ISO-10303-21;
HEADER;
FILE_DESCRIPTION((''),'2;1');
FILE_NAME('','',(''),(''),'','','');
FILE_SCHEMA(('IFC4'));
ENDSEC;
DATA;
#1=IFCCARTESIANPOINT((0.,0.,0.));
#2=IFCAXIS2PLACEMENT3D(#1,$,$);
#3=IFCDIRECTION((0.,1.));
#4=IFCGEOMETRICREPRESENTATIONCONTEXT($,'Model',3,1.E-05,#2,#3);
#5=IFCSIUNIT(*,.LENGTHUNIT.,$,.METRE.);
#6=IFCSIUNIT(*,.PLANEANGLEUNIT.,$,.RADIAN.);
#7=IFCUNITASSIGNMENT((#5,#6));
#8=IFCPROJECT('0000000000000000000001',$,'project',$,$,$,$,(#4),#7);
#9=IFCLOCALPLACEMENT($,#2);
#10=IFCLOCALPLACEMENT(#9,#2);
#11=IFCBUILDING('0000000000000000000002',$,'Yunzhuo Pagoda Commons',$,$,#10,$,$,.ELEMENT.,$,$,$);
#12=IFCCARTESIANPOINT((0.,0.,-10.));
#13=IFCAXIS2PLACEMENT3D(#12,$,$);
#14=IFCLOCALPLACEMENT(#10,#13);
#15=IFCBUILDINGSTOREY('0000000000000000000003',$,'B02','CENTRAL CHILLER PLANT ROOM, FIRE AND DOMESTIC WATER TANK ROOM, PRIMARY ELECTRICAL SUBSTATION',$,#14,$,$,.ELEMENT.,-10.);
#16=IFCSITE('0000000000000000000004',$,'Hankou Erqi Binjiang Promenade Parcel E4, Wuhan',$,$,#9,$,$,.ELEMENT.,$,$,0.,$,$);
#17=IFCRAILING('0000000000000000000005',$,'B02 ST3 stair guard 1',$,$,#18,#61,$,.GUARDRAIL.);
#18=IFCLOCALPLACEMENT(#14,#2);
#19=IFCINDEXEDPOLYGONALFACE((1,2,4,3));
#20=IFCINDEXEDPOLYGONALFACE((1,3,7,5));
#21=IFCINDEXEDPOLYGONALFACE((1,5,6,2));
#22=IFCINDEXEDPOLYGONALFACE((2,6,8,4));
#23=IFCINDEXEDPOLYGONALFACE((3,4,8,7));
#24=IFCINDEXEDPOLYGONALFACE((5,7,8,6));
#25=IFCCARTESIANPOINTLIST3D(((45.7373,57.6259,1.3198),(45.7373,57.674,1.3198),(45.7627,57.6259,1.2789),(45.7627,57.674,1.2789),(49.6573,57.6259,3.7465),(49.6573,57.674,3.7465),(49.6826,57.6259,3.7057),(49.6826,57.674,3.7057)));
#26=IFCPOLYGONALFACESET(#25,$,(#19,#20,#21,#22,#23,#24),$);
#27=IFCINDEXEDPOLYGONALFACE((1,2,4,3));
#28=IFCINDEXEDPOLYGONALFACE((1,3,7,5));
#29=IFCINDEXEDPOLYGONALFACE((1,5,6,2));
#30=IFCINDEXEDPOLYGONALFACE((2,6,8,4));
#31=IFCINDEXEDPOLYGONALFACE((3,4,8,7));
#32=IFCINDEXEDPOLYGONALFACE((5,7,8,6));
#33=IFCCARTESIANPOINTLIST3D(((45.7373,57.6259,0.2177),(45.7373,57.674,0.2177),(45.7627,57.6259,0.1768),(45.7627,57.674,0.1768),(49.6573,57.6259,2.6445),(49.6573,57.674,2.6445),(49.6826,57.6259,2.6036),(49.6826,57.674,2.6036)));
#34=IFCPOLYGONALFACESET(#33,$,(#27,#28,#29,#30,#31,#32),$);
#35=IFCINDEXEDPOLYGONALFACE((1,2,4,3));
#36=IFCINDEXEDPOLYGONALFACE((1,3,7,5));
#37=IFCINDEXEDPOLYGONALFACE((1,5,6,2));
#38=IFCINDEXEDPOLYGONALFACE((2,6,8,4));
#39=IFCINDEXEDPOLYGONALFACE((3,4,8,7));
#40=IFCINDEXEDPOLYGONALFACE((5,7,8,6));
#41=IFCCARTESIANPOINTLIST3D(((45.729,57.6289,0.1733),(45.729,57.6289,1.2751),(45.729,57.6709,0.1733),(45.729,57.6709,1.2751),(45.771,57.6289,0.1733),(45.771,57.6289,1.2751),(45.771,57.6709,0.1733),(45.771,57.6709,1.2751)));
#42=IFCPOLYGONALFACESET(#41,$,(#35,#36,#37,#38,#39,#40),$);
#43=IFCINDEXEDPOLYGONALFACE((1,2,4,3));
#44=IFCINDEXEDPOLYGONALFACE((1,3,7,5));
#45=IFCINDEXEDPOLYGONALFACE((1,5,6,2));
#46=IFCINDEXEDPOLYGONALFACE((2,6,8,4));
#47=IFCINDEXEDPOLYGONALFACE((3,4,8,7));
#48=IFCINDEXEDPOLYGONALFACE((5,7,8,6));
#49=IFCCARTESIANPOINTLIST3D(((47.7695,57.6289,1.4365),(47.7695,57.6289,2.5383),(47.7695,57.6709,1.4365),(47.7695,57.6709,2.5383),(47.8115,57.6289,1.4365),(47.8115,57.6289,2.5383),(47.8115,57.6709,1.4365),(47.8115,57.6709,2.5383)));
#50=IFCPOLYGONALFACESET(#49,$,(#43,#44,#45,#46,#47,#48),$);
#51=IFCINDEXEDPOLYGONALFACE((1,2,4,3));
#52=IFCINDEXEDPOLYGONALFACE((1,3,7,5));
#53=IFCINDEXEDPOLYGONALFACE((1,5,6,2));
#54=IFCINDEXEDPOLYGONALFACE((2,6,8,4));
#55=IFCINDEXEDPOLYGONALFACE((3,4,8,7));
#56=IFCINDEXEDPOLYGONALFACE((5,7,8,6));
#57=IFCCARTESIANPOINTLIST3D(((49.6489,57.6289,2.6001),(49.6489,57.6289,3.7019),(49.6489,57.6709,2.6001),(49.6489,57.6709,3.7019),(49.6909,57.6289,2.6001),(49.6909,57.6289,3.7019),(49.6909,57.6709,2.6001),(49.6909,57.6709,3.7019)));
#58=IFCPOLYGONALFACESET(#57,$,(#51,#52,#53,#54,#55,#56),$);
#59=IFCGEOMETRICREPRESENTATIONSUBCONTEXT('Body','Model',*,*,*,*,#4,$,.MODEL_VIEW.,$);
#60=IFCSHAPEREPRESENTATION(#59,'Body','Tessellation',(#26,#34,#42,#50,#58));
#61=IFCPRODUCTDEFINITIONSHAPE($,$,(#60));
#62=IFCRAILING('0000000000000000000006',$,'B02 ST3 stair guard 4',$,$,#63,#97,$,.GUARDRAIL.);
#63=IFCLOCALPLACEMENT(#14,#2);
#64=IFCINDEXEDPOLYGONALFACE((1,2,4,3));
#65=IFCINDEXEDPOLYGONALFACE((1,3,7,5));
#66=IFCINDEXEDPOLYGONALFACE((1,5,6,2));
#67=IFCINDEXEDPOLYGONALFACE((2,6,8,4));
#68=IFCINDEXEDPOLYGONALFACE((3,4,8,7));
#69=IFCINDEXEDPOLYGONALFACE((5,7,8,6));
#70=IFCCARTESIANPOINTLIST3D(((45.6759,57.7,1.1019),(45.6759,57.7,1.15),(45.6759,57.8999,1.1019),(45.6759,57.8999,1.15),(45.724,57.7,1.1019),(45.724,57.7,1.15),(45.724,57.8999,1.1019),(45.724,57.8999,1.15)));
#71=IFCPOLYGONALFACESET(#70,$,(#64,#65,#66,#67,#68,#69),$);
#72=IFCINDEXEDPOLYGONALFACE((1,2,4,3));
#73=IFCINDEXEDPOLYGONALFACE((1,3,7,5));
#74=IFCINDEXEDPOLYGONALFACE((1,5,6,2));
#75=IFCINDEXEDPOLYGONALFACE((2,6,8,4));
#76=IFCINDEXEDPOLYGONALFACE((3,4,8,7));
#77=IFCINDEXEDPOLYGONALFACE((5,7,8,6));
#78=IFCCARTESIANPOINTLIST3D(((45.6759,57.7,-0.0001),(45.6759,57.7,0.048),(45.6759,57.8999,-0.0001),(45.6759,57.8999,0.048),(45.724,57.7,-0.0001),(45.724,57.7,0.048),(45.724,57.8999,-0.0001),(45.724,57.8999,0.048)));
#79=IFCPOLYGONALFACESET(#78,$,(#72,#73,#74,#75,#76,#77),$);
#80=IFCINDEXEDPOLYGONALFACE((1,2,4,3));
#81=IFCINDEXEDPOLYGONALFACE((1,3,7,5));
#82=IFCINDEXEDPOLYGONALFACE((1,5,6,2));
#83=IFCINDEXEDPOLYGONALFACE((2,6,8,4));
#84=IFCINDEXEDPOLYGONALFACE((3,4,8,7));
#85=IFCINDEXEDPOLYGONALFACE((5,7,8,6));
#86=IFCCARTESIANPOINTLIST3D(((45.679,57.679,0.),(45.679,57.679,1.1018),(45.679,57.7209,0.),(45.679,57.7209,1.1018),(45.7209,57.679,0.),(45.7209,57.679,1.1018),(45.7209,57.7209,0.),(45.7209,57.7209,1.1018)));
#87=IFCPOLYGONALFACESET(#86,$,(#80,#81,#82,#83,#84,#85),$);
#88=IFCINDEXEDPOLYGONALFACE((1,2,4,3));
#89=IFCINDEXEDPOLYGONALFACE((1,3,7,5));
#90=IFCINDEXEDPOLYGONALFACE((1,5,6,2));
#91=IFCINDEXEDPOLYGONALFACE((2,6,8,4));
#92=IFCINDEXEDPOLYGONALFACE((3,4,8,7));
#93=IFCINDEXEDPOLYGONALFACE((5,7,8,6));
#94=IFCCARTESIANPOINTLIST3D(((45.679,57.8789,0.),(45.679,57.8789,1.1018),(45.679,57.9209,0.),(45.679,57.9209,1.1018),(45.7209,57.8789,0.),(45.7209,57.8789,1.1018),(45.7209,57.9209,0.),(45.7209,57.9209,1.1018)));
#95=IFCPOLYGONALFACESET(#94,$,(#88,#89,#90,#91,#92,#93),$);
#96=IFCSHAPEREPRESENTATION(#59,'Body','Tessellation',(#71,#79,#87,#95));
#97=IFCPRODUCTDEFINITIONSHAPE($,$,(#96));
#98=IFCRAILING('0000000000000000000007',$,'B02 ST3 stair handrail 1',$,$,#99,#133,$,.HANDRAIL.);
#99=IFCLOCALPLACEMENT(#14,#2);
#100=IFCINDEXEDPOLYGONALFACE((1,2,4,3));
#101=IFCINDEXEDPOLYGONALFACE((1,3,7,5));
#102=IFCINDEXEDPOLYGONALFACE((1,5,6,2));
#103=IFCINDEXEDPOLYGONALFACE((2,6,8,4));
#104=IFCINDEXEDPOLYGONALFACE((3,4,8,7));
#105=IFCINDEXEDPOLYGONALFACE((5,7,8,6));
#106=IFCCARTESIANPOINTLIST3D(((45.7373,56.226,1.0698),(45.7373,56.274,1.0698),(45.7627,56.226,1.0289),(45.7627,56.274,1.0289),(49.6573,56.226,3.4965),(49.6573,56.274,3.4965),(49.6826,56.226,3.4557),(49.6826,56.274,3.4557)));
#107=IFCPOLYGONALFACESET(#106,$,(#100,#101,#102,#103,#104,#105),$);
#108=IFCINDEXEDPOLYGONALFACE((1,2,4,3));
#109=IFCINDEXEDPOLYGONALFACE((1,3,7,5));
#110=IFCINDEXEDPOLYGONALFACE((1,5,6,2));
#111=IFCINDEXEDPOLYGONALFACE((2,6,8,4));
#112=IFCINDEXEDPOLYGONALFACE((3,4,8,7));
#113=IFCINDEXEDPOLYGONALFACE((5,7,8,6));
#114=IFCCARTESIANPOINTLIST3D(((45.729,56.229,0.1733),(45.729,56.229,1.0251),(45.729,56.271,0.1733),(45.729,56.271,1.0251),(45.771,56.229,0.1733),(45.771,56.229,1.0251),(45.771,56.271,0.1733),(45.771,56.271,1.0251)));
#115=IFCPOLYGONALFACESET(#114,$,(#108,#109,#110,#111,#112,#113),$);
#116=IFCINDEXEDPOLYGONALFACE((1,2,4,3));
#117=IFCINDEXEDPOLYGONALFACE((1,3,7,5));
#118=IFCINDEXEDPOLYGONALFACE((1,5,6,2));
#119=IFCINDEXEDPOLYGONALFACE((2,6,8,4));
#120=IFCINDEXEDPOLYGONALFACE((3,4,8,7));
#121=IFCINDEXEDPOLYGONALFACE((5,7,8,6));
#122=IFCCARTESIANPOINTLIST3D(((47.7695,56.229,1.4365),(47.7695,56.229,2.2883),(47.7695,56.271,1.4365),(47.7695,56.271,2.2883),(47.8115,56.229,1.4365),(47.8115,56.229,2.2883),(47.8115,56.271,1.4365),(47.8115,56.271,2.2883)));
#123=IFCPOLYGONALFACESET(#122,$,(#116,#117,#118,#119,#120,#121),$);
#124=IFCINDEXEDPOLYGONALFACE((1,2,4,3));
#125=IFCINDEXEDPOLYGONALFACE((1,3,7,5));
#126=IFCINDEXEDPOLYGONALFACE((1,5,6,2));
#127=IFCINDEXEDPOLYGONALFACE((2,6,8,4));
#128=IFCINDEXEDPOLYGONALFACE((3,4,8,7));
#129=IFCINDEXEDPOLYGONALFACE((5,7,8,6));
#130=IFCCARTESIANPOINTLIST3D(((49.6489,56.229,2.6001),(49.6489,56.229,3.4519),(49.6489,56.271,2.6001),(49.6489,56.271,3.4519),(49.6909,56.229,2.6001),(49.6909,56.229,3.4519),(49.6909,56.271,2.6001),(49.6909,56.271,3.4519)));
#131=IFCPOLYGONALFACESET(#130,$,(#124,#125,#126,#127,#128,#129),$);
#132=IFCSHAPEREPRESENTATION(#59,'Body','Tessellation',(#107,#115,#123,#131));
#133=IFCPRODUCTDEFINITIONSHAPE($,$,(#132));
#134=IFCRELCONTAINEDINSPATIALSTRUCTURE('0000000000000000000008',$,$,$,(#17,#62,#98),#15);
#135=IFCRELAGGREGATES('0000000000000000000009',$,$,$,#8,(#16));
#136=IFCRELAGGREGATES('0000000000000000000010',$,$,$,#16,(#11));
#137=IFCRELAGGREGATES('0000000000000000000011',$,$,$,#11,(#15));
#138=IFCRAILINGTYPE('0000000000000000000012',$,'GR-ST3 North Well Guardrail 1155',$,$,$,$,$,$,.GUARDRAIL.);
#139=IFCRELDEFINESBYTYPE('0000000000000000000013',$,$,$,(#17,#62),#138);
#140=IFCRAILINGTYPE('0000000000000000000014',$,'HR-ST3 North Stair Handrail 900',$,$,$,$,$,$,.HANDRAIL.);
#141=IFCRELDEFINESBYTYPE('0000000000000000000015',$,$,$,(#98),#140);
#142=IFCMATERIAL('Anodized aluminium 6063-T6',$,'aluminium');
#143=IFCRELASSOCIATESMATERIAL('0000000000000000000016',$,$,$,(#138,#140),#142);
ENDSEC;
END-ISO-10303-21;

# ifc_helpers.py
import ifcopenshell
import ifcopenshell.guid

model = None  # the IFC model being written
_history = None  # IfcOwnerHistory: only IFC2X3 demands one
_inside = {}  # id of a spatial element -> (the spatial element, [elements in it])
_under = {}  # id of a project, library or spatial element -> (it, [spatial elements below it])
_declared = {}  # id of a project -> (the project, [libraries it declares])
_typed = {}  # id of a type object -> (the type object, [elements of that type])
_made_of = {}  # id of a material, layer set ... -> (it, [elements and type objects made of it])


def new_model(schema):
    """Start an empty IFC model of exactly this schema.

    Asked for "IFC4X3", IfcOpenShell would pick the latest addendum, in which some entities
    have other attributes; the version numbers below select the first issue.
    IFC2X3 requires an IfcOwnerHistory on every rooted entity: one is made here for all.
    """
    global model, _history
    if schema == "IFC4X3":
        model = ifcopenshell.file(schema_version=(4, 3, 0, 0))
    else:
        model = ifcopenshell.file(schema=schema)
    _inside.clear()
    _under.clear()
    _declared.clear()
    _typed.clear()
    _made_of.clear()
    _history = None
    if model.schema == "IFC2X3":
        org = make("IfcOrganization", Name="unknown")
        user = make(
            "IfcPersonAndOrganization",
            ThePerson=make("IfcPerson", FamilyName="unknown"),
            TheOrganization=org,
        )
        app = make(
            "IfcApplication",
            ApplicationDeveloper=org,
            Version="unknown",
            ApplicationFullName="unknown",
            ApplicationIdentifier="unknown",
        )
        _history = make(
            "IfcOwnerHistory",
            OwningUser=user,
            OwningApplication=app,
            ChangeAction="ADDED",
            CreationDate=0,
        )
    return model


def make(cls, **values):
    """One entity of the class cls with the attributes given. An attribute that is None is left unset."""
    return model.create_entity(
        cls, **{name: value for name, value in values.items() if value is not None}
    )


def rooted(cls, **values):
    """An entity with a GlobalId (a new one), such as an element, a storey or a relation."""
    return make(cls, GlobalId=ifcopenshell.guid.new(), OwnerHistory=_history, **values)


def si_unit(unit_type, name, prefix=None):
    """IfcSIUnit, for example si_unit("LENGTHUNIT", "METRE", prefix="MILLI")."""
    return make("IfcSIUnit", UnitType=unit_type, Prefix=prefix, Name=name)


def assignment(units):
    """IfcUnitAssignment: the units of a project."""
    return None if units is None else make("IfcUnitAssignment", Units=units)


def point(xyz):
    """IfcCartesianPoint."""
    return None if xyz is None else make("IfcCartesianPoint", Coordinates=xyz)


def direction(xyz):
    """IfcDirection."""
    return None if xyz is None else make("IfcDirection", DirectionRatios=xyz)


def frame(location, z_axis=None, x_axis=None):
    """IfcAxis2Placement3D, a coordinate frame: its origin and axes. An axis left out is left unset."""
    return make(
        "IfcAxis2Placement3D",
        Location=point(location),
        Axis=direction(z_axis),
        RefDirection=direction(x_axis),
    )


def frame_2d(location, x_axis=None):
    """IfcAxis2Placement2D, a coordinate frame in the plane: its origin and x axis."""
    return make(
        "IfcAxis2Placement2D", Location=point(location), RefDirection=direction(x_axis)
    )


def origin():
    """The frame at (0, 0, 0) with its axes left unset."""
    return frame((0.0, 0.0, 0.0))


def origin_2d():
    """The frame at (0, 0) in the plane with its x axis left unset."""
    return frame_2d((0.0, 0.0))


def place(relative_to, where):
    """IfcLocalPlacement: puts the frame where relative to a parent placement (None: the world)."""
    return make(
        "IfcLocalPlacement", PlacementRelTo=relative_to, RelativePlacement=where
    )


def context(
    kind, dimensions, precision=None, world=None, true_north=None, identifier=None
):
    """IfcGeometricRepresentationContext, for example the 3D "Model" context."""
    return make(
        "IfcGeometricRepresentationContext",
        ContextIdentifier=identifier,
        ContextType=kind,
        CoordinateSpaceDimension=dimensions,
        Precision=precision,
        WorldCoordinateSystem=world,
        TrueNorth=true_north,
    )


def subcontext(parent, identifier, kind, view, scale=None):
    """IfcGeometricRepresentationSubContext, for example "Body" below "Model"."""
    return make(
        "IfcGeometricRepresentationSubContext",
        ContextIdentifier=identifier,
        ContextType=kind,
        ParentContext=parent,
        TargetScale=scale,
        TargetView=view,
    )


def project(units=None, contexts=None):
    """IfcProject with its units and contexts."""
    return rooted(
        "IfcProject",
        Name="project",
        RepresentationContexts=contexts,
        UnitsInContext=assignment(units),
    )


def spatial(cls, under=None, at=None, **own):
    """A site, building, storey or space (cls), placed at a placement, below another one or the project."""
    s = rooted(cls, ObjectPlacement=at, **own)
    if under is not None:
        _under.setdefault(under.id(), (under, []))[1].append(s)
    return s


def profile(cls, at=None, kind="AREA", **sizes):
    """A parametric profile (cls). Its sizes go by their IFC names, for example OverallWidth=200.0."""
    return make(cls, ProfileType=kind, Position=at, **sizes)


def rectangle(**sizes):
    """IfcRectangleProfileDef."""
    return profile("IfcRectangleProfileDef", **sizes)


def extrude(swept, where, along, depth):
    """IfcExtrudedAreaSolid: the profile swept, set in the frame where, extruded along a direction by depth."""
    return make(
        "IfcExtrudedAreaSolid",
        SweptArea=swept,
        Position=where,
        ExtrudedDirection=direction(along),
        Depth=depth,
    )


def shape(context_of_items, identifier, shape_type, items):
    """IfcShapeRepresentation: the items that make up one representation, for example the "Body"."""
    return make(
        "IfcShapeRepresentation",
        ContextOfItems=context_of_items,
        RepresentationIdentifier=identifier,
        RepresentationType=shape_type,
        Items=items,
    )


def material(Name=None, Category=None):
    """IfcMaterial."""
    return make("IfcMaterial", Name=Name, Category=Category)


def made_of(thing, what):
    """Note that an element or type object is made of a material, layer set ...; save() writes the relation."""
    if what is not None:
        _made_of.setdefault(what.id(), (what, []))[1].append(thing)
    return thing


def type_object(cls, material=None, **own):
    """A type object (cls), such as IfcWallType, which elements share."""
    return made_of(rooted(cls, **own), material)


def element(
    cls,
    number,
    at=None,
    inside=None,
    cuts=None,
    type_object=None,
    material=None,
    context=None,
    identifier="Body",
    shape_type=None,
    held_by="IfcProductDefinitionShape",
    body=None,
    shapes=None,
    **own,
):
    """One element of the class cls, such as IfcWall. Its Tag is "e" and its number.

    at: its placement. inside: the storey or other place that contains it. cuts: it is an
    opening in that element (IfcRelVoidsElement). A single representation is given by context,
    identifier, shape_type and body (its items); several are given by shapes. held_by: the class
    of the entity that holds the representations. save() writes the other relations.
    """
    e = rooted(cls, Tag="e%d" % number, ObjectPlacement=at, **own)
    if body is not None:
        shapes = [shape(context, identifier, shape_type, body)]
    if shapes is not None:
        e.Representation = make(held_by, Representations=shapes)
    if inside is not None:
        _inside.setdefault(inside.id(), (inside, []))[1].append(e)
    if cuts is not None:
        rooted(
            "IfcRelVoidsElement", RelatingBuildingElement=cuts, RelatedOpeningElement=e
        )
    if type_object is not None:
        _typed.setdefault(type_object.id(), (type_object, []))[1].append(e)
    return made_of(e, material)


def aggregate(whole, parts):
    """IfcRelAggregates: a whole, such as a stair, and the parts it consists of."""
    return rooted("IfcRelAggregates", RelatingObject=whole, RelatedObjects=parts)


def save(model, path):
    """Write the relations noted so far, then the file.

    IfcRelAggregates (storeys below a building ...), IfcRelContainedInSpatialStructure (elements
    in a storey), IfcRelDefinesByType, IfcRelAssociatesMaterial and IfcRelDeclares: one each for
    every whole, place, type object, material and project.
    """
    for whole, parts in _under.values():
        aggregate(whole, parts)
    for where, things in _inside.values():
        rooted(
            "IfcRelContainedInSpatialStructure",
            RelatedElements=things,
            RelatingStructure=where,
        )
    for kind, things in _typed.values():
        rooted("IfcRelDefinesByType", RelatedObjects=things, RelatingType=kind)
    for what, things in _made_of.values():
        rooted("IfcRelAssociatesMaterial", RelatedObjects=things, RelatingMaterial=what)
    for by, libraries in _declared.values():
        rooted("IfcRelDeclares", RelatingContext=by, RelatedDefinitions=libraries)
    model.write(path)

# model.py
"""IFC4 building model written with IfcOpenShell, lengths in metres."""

from ifc_helpers import new_model, si_unit, direction, frame, origin, origin_2d, place, context, subcontext, project, spatial, rectangle, extrude, material, type_object, element, save


model = new_model("IFC4")

# Units and contexts
model_context = context("Model", 3, precision=1e-05, world=origin(), true_north=direction((0.0, 1.0)))
body_context = subcontext(model_context, "Body", "Model", "MODEL_VIEW")
ifc_project = project(units=[si_unit("LENGTHUNIT", "METRE"), si_unit("PLANEANGLEUNIT", "RADIAN")], contexts=[model_context])

# Site, building, storey
site_placement = place(None, origin())
site = spatial("IfcSite", under=ifc_project, at=site_placement, Name="Hankou Erqi Binjiang Promenade Parcel E4, Wuhan", CompositionType="ELEMENT", RefElevation=0.0)
building_placement = place(site_placement, origin())
building = spatial("IfcBuilding", under=site, at=building_placement, Name="Yunzhuo Pagoda Commons", CompositionType="ELEMENT")
storey_placement = place(building_placement, frame((0.0, 0.0, -10.0)))
storey = spatial("IfcBuildingStorey", under=building, at=storey_placement, Name="B02", Description="CENTRAL CHILLER PLANT ROOM, FIRE AND DOMESTIC WATER TANK ROOM, PRIMARY ELECTRICAL SUBSTATION", CompositionType="ELEMENT", Elevation=-10.0)

# Railings
ifc_material_1 = material(Name="Anodized aluminium 6063-T6", Category="aluminium")
railing_type_1 = type_object("IfcRailingType", Name="GR-ST3 North Well Guardrail 1155", PredefinedType="GUARDRAIL", material=ifc_material_1)
railing_1_placement = place(storey_placement, frame((45.75, 57.6499, 0.1733)))
element("IfcRailing", 1, at=railing_1_placement, inside=storey, type_object=railing_type_1, Name="B02 ST3 stair guard 1", PredefinedType="GUARDRAIL", context=body_context, shape_type="SweptSolid", body=[
    extrude(rectangle(XDim=0.0481, YDim=0.0481, at=origin_2d()), frame((0.0, 0.0, 1.126), z_axis=(0.850252, 0.0, 0.526376), x_axis=(0.0, 1.0, 0.0)), (0.0, 0.0, 1.0), 4.6104),
    extrude(rectangle(XDim=0.0481, YDim=0.0481, at=origin_2d()), frame((0.0, 0.0, 0.0239), z_axis=(0.850252, 0.0, 0.526376), x_axis=(0.0, 1.0, 0.0)), (0.0, 0.0, 1.0), 4.6104),
    extrude(rectangle(XDim=0.042, YDim=0.042, at=origin_2d()), origin(), (0.0, 0.0, 1.0), 1.1018),
    extrude(rectangle(XDim=0.042, YDim=0.042, at=origin_2d()), frame((2.0405, 0.0, 1.2632)), (0.0, 0.0, 1.0), 1.1018),
    extrude(rectangle(XDim=0.042, YDim=0.042, at=origin_2d()), frame((3.9199, 0.0, 2.4268)), (0.0, 0.0, 1.0), 1.1018),
])
railing_2_placement = place(storey_placement, frame((45.7, 57.7, 0.0)))
element("IfcRailing", 2, at=railing_2_placement, inside=storey, type_object=railing_type_1, Name="B02 ST3 stair guard 4", PredefinedType="GUARDRAIL", context=body_context, shape_type="SweptSolid", body=[
    extrude(rectangle(XDim=0.0481, YDim=0.0481, at=origin_2d()), frame((0.0, 0.0, 1.126), z_axis=(0.0, 1.0, 0.0), x_axis=(-1.0, 0.0, 0.0)), (0.0, 0.0, 1.0), 0.2),
    extrude(rectangle(XDim=0.0481, YDim=0.0481, at=origin_2d()), frame((0.0, 0.0, 0.0239), z_axis=(0.0, 1.0, 0.0), x_axis=(-1.0, 0.0, 0.0)), (0.0, 0.0, 1.0), 0.2),
    extrude(rectangle(XDim=0.042, YDim=0.042, at=origin_2d()), origin(), (0.0, 0.0, 1.0), 1.1018),
    extrude(rectangle(XDim=0.042, YDim=0.042, at=origin_2d()), frame((0.0, 0.2, 0.0)), (0.0, 0.0, 1.0), 1.1018),
])
railing_type_2 = type_object("IfcRailingType", Name="HR-ST3 North Stair Handrail 900", PredefinedType="HANDRAIL", material=ifc_material_1)
railing_3_placement = place(storey_placement, frame((45.75, 56.25, 0.1733)))
element("IfcRailing", 3, at=railing_3_placement, inside=storey, type_object=railing_type_2, Name="B02 ST3 stair handrail 1", PredefinedType="HANDRAIL", context=body_context, shape_type="SweptSolid", body=[
    extrude(rectangle(XDim=0.0481, YDim=0.0481, at=origin_2d()), frame((0.0, 0.0, 0.876), z_axis=(0.850252, 0.0, 0.526376), x_axis=(0.0, 1.0, 0.0)), (0.0, 0.0, 1.0), 4.6104),
    extrude(rectangle(XDim=0.042, YDim=0.042, at=origin_2d()), origin(), (0.0, 0.0, 1.0), 0.8518),
    extrude(rectangle(XDim=0.042, YDim=0.042, at=origin_2d()), frame((2.0405, 0.0, 1.2632)), (0.0, 0.0, 1.0), 0.8518),
    extrude(rectangle(XDim=0.042, YDim=0.042, at=origin_2d()), frame((3.9199, 0.0, 2.4268)), (0.0, 0.0, 1.0), 0.8518),
])

save(model, "model.ifc")
